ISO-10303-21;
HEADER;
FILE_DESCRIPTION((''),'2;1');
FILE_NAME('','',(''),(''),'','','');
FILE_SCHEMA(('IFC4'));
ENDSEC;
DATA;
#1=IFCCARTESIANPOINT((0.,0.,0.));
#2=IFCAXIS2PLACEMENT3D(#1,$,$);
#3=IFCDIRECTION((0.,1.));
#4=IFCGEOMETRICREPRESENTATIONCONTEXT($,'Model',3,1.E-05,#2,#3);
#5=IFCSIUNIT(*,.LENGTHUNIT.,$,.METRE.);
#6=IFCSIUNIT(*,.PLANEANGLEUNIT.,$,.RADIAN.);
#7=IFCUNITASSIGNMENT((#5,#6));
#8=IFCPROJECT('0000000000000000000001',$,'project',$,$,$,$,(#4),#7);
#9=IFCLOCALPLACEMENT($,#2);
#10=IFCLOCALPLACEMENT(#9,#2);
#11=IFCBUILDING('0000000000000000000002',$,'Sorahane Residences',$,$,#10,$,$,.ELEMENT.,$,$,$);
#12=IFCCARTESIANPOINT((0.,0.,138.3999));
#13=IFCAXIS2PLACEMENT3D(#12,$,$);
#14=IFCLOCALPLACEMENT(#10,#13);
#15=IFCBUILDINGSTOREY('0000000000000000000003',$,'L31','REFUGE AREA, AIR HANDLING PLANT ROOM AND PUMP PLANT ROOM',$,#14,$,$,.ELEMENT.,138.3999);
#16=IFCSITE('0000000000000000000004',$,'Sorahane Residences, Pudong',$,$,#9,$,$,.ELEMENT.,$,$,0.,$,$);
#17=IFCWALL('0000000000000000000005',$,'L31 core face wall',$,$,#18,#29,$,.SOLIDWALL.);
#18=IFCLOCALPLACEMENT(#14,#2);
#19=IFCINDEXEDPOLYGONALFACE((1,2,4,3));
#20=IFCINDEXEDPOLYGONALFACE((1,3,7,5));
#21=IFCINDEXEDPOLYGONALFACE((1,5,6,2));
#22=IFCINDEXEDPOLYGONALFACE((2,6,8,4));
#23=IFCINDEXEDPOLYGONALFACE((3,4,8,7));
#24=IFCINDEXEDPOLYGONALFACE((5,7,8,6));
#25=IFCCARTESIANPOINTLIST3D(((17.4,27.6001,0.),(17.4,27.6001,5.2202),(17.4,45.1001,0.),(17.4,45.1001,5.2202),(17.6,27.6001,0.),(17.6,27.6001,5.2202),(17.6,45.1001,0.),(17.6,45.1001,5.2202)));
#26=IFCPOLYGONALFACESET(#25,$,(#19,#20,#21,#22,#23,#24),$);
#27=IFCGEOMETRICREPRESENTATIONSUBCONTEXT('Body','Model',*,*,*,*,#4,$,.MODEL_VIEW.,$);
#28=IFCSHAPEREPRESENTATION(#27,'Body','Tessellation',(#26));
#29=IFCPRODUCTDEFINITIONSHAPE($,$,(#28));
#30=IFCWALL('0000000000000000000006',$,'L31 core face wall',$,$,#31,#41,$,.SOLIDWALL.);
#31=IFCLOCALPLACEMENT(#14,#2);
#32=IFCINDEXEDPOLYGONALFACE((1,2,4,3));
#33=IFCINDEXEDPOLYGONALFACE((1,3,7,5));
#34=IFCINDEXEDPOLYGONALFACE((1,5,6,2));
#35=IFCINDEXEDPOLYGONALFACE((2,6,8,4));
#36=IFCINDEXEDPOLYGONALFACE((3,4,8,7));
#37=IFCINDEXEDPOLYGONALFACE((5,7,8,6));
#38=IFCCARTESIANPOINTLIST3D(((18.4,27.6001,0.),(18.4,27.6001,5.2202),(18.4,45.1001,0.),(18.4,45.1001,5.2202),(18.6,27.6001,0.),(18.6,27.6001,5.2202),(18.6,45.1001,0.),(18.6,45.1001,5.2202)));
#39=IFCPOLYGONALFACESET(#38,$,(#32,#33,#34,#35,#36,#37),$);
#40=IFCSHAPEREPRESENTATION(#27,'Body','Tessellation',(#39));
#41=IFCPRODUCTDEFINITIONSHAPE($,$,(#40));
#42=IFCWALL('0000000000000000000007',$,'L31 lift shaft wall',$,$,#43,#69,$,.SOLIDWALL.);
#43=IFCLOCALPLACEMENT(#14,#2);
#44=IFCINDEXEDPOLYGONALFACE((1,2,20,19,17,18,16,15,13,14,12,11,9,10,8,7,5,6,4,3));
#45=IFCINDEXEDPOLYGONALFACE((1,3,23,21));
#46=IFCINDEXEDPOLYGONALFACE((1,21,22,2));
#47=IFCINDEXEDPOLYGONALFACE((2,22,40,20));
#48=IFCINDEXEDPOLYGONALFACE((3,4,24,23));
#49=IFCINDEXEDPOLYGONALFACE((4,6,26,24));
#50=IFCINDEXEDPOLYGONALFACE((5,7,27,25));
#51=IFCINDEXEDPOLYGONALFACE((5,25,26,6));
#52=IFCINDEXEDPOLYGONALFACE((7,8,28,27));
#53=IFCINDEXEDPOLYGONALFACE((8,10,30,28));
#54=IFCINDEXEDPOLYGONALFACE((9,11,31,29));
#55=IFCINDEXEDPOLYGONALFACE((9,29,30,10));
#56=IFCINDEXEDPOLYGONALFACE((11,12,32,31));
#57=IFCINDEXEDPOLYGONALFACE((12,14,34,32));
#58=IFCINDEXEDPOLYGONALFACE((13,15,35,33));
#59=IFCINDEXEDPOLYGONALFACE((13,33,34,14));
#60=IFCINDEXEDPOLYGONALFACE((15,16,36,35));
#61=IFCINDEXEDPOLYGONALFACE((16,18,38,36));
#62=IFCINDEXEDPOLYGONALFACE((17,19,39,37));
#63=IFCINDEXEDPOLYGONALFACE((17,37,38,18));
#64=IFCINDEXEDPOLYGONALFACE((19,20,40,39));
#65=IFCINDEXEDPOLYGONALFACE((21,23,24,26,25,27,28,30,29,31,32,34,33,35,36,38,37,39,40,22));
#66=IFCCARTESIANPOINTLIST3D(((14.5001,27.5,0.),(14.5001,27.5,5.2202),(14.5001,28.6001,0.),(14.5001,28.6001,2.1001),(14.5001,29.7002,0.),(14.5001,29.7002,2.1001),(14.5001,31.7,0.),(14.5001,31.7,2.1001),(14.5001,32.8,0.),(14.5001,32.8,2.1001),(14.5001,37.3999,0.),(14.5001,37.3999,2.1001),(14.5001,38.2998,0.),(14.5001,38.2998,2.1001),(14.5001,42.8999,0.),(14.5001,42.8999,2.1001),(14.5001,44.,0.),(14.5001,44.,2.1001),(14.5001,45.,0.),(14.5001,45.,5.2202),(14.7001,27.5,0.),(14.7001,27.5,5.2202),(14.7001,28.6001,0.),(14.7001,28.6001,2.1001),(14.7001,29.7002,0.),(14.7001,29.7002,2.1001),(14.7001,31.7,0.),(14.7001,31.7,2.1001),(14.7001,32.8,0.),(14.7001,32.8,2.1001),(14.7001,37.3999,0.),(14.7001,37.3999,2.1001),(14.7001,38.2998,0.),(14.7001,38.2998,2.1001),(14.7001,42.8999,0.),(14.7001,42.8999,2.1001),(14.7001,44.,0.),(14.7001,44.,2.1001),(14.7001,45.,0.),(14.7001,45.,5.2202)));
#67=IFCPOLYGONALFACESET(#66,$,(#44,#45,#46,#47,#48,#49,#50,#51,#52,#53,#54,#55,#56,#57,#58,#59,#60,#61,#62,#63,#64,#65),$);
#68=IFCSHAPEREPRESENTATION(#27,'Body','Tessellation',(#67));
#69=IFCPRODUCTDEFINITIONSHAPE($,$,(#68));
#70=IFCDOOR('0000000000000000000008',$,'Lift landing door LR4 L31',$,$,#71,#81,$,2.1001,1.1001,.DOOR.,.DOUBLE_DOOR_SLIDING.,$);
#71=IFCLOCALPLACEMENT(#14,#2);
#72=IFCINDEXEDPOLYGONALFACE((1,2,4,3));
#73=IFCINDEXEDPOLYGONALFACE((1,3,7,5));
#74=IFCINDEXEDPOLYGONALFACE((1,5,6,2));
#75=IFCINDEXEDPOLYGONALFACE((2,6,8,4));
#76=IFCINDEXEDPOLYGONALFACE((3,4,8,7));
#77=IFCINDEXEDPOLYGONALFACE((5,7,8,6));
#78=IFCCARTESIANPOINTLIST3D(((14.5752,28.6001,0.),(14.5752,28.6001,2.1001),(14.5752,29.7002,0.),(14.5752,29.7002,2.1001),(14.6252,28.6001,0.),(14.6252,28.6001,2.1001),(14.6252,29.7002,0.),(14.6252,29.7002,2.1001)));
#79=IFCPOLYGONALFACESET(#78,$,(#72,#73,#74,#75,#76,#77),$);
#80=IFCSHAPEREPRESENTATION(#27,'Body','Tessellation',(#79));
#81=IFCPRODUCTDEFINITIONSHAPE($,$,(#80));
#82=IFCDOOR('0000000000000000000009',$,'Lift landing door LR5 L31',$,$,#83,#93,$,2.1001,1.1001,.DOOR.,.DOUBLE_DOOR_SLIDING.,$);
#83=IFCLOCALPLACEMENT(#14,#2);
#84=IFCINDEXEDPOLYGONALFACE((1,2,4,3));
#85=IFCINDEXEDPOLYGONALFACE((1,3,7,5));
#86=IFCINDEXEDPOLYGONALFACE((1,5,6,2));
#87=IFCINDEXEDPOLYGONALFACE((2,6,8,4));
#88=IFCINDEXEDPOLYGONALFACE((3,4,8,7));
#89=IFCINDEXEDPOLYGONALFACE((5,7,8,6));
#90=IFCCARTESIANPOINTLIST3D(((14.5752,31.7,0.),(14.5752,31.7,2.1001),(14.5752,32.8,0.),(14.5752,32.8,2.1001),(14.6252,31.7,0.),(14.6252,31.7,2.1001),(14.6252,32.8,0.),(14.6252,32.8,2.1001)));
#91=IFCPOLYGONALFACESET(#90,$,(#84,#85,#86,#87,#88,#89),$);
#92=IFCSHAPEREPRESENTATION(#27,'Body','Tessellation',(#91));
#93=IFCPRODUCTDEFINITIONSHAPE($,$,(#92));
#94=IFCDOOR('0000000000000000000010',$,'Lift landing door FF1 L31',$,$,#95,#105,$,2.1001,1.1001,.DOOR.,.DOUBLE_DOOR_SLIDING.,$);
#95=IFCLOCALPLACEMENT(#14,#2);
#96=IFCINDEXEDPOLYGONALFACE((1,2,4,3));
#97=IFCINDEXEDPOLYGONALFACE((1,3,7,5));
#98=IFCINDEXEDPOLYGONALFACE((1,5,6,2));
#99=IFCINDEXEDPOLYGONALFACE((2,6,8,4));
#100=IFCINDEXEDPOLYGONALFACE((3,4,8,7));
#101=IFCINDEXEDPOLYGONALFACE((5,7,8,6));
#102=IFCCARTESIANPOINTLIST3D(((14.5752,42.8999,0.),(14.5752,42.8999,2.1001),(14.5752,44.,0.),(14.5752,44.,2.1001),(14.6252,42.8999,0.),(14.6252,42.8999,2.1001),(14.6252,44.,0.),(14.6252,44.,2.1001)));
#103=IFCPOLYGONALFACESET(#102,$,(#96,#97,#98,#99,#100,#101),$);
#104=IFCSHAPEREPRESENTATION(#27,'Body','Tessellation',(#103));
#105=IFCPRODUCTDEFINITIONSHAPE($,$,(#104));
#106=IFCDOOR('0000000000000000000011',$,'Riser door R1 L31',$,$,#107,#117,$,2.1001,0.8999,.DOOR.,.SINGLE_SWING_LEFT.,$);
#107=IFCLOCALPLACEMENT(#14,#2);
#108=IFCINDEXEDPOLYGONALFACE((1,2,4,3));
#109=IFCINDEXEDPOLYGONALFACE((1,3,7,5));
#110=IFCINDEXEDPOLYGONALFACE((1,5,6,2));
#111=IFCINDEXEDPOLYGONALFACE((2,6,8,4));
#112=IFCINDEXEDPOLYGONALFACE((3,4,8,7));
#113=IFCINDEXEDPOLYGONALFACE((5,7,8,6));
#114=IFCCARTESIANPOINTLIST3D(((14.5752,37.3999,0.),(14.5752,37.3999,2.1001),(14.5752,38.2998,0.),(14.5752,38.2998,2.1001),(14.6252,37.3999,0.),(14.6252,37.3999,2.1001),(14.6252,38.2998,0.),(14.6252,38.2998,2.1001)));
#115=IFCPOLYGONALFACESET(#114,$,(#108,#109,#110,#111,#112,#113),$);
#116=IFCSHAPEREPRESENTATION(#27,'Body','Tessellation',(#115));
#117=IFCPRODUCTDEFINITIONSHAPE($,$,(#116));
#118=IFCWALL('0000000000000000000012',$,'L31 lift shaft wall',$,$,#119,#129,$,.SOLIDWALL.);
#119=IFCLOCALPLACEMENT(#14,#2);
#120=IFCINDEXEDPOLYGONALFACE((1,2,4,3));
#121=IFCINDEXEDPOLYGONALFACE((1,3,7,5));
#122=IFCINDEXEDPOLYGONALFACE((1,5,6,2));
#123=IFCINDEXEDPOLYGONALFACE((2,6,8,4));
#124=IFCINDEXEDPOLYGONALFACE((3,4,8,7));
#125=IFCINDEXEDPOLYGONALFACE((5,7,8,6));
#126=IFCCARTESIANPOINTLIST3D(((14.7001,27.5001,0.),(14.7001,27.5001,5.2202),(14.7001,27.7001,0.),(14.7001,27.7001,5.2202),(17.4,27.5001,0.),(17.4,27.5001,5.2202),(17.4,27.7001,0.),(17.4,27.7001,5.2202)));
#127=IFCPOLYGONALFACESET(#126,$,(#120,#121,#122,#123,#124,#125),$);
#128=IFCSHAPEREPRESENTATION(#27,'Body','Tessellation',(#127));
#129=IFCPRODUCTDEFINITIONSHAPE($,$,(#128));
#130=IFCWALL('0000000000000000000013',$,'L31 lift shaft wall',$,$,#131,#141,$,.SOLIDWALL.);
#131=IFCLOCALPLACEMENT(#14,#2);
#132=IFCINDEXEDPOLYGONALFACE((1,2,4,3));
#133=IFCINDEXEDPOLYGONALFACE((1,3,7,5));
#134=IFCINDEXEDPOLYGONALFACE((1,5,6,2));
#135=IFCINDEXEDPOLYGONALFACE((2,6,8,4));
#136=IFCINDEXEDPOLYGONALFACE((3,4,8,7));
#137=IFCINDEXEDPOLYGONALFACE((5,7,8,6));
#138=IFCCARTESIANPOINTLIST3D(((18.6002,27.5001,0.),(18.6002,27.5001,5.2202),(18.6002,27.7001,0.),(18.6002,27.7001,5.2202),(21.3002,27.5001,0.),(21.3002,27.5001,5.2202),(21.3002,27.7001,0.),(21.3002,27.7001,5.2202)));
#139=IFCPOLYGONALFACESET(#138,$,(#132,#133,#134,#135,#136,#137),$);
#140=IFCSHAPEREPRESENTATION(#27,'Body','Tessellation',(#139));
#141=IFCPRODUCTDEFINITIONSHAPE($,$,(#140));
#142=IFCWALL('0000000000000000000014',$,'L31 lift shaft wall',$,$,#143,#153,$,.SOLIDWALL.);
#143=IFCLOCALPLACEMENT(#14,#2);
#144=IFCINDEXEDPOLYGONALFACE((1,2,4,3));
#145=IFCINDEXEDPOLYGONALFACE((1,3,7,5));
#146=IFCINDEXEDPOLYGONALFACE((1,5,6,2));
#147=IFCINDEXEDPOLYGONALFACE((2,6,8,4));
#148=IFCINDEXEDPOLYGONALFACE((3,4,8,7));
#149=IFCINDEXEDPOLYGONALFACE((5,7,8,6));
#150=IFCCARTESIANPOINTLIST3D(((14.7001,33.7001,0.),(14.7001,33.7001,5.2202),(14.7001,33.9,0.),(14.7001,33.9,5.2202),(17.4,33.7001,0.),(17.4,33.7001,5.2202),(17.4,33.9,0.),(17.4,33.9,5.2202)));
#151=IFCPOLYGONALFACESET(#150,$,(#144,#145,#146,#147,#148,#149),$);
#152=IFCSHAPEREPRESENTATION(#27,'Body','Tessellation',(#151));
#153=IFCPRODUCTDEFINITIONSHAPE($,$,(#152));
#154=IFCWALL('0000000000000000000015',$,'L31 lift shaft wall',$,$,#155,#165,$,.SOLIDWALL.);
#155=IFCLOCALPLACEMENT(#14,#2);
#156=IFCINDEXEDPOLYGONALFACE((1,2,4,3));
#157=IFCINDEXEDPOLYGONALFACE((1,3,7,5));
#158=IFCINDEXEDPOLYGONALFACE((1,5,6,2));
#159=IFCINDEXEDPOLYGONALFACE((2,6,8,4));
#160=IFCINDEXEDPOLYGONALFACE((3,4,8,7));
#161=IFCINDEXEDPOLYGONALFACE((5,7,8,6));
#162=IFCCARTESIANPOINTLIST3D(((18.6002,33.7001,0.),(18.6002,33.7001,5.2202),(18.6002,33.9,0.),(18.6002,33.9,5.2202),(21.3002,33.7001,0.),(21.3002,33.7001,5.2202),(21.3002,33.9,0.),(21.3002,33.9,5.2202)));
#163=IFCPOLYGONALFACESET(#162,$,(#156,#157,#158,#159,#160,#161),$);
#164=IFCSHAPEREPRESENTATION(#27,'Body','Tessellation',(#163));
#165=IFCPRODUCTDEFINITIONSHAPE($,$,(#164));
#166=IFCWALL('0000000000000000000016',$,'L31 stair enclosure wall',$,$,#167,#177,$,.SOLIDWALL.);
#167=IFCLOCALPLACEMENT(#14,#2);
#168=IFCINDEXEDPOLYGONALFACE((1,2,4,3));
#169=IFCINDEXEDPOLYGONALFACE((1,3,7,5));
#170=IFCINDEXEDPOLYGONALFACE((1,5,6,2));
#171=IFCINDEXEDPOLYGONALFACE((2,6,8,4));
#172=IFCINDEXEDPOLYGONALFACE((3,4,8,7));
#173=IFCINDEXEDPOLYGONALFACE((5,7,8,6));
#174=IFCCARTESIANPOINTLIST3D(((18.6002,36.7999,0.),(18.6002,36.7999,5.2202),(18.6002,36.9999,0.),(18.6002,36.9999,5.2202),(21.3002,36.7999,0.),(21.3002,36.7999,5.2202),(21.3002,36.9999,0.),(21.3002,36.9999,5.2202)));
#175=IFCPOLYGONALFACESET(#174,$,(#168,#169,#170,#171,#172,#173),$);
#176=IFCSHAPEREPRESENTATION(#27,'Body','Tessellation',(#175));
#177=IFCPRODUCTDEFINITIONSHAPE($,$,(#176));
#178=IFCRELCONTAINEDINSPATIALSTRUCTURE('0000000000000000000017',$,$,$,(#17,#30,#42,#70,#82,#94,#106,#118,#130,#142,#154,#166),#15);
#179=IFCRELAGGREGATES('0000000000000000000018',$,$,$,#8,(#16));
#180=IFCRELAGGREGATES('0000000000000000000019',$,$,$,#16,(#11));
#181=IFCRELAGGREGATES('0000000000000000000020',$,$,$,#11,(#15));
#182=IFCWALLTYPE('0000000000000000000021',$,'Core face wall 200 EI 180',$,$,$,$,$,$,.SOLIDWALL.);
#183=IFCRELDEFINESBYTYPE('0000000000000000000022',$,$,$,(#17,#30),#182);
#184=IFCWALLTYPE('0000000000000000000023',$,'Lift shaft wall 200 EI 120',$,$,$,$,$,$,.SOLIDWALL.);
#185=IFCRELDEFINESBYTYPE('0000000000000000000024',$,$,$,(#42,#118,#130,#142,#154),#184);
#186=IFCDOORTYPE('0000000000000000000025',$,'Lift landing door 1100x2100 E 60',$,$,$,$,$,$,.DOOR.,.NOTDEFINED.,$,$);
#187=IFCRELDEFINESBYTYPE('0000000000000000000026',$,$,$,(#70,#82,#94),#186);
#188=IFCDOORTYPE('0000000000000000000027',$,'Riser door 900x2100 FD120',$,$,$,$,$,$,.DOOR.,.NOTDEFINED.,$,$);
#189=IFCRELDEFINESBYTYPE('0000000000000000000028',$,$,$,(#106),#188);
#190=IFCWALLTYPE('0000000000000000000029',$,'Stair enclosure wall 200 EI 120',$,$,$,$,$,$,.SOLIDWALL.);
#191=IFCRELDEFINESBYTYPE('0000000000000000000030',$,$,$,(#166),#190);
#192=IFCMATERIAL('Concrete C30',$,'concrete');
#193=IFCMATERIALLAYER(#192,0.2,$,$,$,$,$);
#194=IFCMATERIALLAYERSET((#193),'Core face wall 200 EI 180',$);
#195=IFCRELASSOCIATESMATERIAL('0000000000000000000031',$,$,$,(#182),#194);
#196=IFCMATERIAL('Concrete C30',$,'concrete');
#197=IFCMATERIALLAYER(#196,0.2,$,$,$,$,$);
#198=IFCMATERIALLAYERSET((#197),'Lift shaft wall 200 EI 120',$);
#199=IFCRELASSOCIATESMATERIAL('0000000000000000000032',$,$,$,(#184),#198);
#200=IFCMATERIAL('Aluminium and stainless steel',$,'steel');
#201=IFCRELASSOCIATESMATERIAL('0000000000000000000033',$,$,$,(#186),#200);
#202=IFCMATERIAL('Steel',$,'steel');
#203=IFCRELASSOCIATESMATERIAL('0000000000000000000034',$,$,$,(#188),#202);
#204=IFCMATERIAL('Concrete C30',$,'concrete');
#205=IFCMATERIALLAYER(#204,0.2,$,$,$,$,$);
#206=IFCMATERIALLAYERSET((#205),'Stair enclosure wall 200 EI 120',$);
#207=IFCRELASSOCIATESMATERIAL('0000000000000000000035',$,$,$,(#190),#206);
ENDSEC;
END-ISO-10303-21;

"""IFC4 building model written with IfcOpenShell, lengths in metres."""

from ifc_helpers import new_model, si_unit, direction, frame, frame_2d, origin, place, context, subcontext, project, spatial, rectangle, extrude, material, layer, layer_set, type_object, element, fill, save


model = new_model("IFC4")

# Units and contexts
model_context = context("Model", 3, precision=1e-05, world=origin(), true_north=direction((0.0, 1.0)))
body_context = subcontext(model_context, "Body", "Model", "MODEL_VIEW")
ifc_project = project(units=[si_unit("LENGTHUNIT", "METRE"), si_unit("PLANEANGLEUNIT", "RADIAN")], contexts=[model_context])

# Site, building, storey
site_placement = place(None, origin())
site = spatial("IfcSite", under=ifc_project, at=site_placement, Name="Sorahane Residences, Pudong", CompositionType="ELEMENT", RefElevation=0.0)
building_placement = place(site_placement, origin())
building = spatial("IfcBuilding", under=site, at=building_placement, Name="Sorahane Residences", CompositionType="ELEMENT")
storey_placement = place(building_placement, frame((0.0, 0.0, 138.3999)))
storey = spatial("IfcBuildingStorey", under=building, at=storey_placement, Name="L31", Description="REFUGE AREA, AIR HANDLING PLANT ROOM AND PUMP PLANT ROOM", CompositionType="ELEMENT", Elevation=138.3999)

# Walls
ifc_material_1 = material(Name="Concrete C30", Category="concrete")
ifc_layer_1 = layer(ifc_material_1, 0.2)
ifc_layer_set_1 = layer_set([ifc_layer_1], Name="Core face wall 200 EI 180")
wall_type_1 = type_object("IfcWallType", Name="Core face wall 200 EI 180", PredefinedType="SOLIDWALL", material=ifc_layer_set_1)
for number, where, z_axis, x_axis, name in (
    (1, (17.5, 27.6001, 0.0), (0.0, 0.0, 1.0), (0.0, 1.0, 0.0), "L31 core face wall"),
    (2, (18.5, 27.6001, 0.0), (0.0, 0.0, 1.0), (0.0, 1.0, 0.0), "L31 core face wall"),
):
    element("IfcWall", number, at=place(storey_placement, frame(where, z_axis=z_axis, x_axis=x_axis)), inside=storey, type_object=wall_type_1, Name=name, PredefinedType="SOLIDWALL", context=body_context, shape_type="SweptSolid", body=[
        extrude(rectangle(XDim=17.5, YDim=0.2, at=frame_2d((8.75, 0.0))), origin(), (0.0, 0.0, 1.0), 5.2202),
    ])

# Wall, openings, doors
ifc_material_2 = material(Name="Concrete C30", Category="concrete")
ifc_layer_2 = layer(ifc_material_2, 0.2)
ifc_layer_set_2 = layer_set([ifc_layer_2], Name="Lift shaft wall 200 EI 120")
wall_type_2 = type_object("IfcWallType", Name="Lift shaft wall 200 EI 120", PredefinedType="SOLIDWALL", material=ifc_layer_set_2)
wall_1_placement = place(storey_placement, frame((14.6001, 27.5, 0.0), z_axis=(0.0, 0.0, 1.0), x_axis=(0.0, 1.0, 0.0)))
wall_1 = element("IfcWall", 3, at=wall_1_placement, inside=storey, type_object=wall_type_2, Name="L31 lift shaft wall", PredefinedType="SOLIDWALL", context=body_context, shape_type="SweptSolid", body=[
    extrude(rectangle(XDim=17.5, YDim=0.2, at=frame_2d((8.75, 0.0))), origin(), (0.0, 0.0, 1.0), 5.2202),
])
opening_1_placement = place(wall_1_placement, frame((1.1001, 0.0, 0.0)))
opening_1 = element("IfcOpeningElement", 4, at=opening_1_placement, cuts=wall_1, PredefinedType="OPENING", context=body_context, shape_type="SweptSolid", body=[
    extrude(rectangle(XDim=1.1001, YDim=2.1001, at=frame_2d((0.55, 1.05))), frame((0.0, 0.1099, 0.0), z_axis=(0.0, -1.0, 0.0), x_axis=(1.0, 0.0, 0.0)), (0.0, 0.0, 1.0), 0.22),
])
opening_2_placement = place(wall_1_placement, frame((4.2, 0.0, 0.0)))
opening_2 = element("IfcOpeningElement", 5, at=opening_2_placement, cuts=wall_1, PredefinedType="OPENING", context=body_context, shape_type="SweptSolid", body=[
    extrude(rectangle(XDim=1.1001, YDim=2.1001, at=frame_2d((0.55, 1.05))), frame((0.0, 0.1099, 0.0), z_axis=(0.0, -1.0, 0.0), x_axis=(1.0, 0.0, 0.0)), (0.0, 0.0, 1.0), 0.22),
])
opening_3_placement = place(wall_1_placement, frame((15.3999, 0.0, 0.0)))
opening_3 = element("IfcOpeningElement", 6, at=opening_3_placement, cuts=wall_1, PredefinedType="OPENING", context=body_context, shape_type="SweptSolid", body=[
    extrude(rectangle(XDim=1.1001, YDim=2.1001, at=frame_2d((0.55, 1.05))), frame((0.0, 0.1099, 0.0), z_axis=(0.0, -1.0, 0.0), x_axis=(1.0, 0.0, 0.0)), (0.0, 0.0, 1.0), 0.22),
])
opening_4_placement = place(wall_1_placement, frame((9.8999, 0.0, 0.0)))
opening_4 = element("IfcOpeningElement", 7, at=opening_4_placement, cuts=wall_1, PredefinedType="OPENING", context=body_context, shape_type="SweptSolid", body=[
    extrude(rectangle(XDim=0.8999, YDim=2.1001, at=frame_2d((0.45, 1.05))), frame((0.0, 0.1099, 0.0), z_axis=(0.0, -1.0, 0.0), x_axis=(1.0, 0.0, 0.0)), (0.0, 0.0, 1.0), 0.22),
])
ifc_material_3 = material(Name="Aluminium and stainless steel", Category="steel")
door_type_1 = type_object("IfcDoorType", Name="Lift landing door 1100x2100 E 60", OperationType="NOTDEFINED", PredefinedType="DOOR", material=ifc_material_3)
door_1_placement = place(opening_1_placement, origin())
door_1 = element("IfcDoor", 8, at=door_1_placement, inside=storey, type_object=door_type_1, Name="Lift landing door LR4 L31", OperationType="DOUBLE_DOOR_SLIDING", OverallHeight=2.1001, OverallWidth=1.1001, PredefinedType="DOOR", context=body_context, shape_type="SweptSolid", body=[
    extrude(rectangle(XDim=1.1001, YDim=2.1001, at=frame_2d((0.55, 1.05))), frame((0.0, 0.0249, 0.0), z_axis=(0.0, -1.0, 0.0), x_axis=(1.0, 0.0, 0.0)), (0.0, 0.0, 1.0), 0.05),
])
fill(opening_1, door_1)
door_2_placement = place(opening_2_placement, origin())
door_2 = element("IfcDoor", 9, at=door_2_placement, inside=storey, type_object=door_type_1, Name="Lift landing door LR5 L31", OperationType="DOUBLE_DOOR_SLIDING", OverallHeight=2.1001, OverallWidth=1.1001, PredefinedType="DOOR", context=body_context, shape_type="SweptSolid", body=[
    extrude(rectangle(XDim=1.1001, YDim=2.1001, at=frame_2d((0.55, 1.05))), frame((0.0, 0.0249, 0.0), z_axis=(0.0, -1.0, 0.0), x_axis=(1.0, 0.0, 0.0)), (0.0, 0.0, 1.0), 0.05),
])
fill(opening_2, door_2)
door_3_placement = place(opening_3_placement, origin())
door_3 = element("IfcDoor", 10, at=door_3_placement, inside=storey, type_object=door_type_1, Name="Lift landing door FF1 L31", OperationType="DOUBLE_DOOR_SLIDING", OverallHeight=2.1001, OverallWidth=1.1001, PredefinedType="DOOR", context=body_context, shape_type="SweptSolid", body=[
    extrude(rectangle(XDim=1.1001, YDim=2.1001, at=frame_2d((0.55, 1.05))), frame((0.0, 0.0249, 0.0), z_axis=(0.0, -1.0, 0.0), x_axis=(1.0, 0.0, 0.0)), (0.0, 0.0, 1.0), 0.05),
])
fill(opening_3, door_3)
ifc_material_4 = material(Name="Steel", Category="steel")
door_type_2 = type_object("IfcDoorType", Name="Riser door 900x2100 FD120", OperationType="NOTDEFINED", PredefinedType="DOOR", material=ifc_material_4)
door_4_placement = place(opening_4_placement, origin())
door_4 = element("IfcDoor", 11, at=door_4_placement, inside=storey, type_object=door_type_2, Name="Riser door R1 L31", OperationType="SINGLE_SWING_LEFT", OverallHeight=2.1001, OverallWidth=0.8999, PredefinedType="DOOR", context=body_context, shape_type="SweptSolid", body=[
    extrude(rectangle(XDim=0.8999, YDim=2.1001, at=frame_2d((0.45, 1.05))), frame((0.0, 0.0249, 0.0), z_axis=(0.0, -1.0, 0.0), x_axis=(1.0, 0.0, 0.0)), (0.0, 0.0, 1.0), 0.05),
])
fill(opening_4, door_4)

# Walls
for number, where, z_axis, x_axis, name in (
    (12, (14.7, 27.6001, 0.0), (0.0, 0.0, 1.0), (1.0, 0.0, 0.0), "L31 lift shaft wall"),
    (13, (18.6001, 27.6001, 0.0), (0.0, 0.0, 1.0), (1.0, 0.0, 0.0), "L31 lift shaft wall"),
    (14, (14.7, 33.8, 0.0), (0.0, 0.0, 1.0), (1.0, 0.0, 0.0), "L31 lift shaft wall"),
    (15, (18.6001, 33.8, 0.0), (0.0, 0.0, 1.0), (1.0, 0.0, 0.0), "L31 lift shaft wall"),
):
    element("IfcWall", number, at=place(storey_placement, frame(where, z_axis=z_axis, x_axis=x_axis)), inside=storey, type_object=wall_type_2, Name=name, PredefinedType="SOLIDWALL", context=body_context, shape_type="SweptSolid", body=[
        extrude(rectangle(XDim=2.7, YDim=0.2, at=frame_2d((1.3501, 0.0))), origin(), (0.0, 0.0, 1.0), 5.2202),
    ])
ifc_material_5 = material(Name="Concrete C30", Category="concrete")
ifc_layer_3 = layer(ifc_material_5, 0.2)
ifc_layer_set_3 = layer_set([ifc_layer_3], Name="Stair enclosure wall 200 EI 120")
wall_type_3 = type_object("IfcWallType", Name="Stair enclosure wall 200 EI 120", PredefinedType="SOLIDWALL", material=ifc_layer_set_3)
wall_2_placement = place(storey_placement, frame((18.6001, 36.8999, 0.0), z_axis=(0.0, 0.0, 1.0), x_axis=(1.0, 0.0, 0.0)))
element("IfcWall", 16, at=wall_2_placement, inside=storey, type_object=wall_type_3, Name="L31 stair enclosure wall", PredefinedType="SOLIDWALL", context=body_context, shape_type="SweptSolid", body=[
    extrude(rectangle(XDim=2.7, YDim=0.2, at=frame_2d((1.3501, 0.0))), origin(), (0.0, 0.0, 1.0), 5.2202),
])

save(model, "model.ifc")
